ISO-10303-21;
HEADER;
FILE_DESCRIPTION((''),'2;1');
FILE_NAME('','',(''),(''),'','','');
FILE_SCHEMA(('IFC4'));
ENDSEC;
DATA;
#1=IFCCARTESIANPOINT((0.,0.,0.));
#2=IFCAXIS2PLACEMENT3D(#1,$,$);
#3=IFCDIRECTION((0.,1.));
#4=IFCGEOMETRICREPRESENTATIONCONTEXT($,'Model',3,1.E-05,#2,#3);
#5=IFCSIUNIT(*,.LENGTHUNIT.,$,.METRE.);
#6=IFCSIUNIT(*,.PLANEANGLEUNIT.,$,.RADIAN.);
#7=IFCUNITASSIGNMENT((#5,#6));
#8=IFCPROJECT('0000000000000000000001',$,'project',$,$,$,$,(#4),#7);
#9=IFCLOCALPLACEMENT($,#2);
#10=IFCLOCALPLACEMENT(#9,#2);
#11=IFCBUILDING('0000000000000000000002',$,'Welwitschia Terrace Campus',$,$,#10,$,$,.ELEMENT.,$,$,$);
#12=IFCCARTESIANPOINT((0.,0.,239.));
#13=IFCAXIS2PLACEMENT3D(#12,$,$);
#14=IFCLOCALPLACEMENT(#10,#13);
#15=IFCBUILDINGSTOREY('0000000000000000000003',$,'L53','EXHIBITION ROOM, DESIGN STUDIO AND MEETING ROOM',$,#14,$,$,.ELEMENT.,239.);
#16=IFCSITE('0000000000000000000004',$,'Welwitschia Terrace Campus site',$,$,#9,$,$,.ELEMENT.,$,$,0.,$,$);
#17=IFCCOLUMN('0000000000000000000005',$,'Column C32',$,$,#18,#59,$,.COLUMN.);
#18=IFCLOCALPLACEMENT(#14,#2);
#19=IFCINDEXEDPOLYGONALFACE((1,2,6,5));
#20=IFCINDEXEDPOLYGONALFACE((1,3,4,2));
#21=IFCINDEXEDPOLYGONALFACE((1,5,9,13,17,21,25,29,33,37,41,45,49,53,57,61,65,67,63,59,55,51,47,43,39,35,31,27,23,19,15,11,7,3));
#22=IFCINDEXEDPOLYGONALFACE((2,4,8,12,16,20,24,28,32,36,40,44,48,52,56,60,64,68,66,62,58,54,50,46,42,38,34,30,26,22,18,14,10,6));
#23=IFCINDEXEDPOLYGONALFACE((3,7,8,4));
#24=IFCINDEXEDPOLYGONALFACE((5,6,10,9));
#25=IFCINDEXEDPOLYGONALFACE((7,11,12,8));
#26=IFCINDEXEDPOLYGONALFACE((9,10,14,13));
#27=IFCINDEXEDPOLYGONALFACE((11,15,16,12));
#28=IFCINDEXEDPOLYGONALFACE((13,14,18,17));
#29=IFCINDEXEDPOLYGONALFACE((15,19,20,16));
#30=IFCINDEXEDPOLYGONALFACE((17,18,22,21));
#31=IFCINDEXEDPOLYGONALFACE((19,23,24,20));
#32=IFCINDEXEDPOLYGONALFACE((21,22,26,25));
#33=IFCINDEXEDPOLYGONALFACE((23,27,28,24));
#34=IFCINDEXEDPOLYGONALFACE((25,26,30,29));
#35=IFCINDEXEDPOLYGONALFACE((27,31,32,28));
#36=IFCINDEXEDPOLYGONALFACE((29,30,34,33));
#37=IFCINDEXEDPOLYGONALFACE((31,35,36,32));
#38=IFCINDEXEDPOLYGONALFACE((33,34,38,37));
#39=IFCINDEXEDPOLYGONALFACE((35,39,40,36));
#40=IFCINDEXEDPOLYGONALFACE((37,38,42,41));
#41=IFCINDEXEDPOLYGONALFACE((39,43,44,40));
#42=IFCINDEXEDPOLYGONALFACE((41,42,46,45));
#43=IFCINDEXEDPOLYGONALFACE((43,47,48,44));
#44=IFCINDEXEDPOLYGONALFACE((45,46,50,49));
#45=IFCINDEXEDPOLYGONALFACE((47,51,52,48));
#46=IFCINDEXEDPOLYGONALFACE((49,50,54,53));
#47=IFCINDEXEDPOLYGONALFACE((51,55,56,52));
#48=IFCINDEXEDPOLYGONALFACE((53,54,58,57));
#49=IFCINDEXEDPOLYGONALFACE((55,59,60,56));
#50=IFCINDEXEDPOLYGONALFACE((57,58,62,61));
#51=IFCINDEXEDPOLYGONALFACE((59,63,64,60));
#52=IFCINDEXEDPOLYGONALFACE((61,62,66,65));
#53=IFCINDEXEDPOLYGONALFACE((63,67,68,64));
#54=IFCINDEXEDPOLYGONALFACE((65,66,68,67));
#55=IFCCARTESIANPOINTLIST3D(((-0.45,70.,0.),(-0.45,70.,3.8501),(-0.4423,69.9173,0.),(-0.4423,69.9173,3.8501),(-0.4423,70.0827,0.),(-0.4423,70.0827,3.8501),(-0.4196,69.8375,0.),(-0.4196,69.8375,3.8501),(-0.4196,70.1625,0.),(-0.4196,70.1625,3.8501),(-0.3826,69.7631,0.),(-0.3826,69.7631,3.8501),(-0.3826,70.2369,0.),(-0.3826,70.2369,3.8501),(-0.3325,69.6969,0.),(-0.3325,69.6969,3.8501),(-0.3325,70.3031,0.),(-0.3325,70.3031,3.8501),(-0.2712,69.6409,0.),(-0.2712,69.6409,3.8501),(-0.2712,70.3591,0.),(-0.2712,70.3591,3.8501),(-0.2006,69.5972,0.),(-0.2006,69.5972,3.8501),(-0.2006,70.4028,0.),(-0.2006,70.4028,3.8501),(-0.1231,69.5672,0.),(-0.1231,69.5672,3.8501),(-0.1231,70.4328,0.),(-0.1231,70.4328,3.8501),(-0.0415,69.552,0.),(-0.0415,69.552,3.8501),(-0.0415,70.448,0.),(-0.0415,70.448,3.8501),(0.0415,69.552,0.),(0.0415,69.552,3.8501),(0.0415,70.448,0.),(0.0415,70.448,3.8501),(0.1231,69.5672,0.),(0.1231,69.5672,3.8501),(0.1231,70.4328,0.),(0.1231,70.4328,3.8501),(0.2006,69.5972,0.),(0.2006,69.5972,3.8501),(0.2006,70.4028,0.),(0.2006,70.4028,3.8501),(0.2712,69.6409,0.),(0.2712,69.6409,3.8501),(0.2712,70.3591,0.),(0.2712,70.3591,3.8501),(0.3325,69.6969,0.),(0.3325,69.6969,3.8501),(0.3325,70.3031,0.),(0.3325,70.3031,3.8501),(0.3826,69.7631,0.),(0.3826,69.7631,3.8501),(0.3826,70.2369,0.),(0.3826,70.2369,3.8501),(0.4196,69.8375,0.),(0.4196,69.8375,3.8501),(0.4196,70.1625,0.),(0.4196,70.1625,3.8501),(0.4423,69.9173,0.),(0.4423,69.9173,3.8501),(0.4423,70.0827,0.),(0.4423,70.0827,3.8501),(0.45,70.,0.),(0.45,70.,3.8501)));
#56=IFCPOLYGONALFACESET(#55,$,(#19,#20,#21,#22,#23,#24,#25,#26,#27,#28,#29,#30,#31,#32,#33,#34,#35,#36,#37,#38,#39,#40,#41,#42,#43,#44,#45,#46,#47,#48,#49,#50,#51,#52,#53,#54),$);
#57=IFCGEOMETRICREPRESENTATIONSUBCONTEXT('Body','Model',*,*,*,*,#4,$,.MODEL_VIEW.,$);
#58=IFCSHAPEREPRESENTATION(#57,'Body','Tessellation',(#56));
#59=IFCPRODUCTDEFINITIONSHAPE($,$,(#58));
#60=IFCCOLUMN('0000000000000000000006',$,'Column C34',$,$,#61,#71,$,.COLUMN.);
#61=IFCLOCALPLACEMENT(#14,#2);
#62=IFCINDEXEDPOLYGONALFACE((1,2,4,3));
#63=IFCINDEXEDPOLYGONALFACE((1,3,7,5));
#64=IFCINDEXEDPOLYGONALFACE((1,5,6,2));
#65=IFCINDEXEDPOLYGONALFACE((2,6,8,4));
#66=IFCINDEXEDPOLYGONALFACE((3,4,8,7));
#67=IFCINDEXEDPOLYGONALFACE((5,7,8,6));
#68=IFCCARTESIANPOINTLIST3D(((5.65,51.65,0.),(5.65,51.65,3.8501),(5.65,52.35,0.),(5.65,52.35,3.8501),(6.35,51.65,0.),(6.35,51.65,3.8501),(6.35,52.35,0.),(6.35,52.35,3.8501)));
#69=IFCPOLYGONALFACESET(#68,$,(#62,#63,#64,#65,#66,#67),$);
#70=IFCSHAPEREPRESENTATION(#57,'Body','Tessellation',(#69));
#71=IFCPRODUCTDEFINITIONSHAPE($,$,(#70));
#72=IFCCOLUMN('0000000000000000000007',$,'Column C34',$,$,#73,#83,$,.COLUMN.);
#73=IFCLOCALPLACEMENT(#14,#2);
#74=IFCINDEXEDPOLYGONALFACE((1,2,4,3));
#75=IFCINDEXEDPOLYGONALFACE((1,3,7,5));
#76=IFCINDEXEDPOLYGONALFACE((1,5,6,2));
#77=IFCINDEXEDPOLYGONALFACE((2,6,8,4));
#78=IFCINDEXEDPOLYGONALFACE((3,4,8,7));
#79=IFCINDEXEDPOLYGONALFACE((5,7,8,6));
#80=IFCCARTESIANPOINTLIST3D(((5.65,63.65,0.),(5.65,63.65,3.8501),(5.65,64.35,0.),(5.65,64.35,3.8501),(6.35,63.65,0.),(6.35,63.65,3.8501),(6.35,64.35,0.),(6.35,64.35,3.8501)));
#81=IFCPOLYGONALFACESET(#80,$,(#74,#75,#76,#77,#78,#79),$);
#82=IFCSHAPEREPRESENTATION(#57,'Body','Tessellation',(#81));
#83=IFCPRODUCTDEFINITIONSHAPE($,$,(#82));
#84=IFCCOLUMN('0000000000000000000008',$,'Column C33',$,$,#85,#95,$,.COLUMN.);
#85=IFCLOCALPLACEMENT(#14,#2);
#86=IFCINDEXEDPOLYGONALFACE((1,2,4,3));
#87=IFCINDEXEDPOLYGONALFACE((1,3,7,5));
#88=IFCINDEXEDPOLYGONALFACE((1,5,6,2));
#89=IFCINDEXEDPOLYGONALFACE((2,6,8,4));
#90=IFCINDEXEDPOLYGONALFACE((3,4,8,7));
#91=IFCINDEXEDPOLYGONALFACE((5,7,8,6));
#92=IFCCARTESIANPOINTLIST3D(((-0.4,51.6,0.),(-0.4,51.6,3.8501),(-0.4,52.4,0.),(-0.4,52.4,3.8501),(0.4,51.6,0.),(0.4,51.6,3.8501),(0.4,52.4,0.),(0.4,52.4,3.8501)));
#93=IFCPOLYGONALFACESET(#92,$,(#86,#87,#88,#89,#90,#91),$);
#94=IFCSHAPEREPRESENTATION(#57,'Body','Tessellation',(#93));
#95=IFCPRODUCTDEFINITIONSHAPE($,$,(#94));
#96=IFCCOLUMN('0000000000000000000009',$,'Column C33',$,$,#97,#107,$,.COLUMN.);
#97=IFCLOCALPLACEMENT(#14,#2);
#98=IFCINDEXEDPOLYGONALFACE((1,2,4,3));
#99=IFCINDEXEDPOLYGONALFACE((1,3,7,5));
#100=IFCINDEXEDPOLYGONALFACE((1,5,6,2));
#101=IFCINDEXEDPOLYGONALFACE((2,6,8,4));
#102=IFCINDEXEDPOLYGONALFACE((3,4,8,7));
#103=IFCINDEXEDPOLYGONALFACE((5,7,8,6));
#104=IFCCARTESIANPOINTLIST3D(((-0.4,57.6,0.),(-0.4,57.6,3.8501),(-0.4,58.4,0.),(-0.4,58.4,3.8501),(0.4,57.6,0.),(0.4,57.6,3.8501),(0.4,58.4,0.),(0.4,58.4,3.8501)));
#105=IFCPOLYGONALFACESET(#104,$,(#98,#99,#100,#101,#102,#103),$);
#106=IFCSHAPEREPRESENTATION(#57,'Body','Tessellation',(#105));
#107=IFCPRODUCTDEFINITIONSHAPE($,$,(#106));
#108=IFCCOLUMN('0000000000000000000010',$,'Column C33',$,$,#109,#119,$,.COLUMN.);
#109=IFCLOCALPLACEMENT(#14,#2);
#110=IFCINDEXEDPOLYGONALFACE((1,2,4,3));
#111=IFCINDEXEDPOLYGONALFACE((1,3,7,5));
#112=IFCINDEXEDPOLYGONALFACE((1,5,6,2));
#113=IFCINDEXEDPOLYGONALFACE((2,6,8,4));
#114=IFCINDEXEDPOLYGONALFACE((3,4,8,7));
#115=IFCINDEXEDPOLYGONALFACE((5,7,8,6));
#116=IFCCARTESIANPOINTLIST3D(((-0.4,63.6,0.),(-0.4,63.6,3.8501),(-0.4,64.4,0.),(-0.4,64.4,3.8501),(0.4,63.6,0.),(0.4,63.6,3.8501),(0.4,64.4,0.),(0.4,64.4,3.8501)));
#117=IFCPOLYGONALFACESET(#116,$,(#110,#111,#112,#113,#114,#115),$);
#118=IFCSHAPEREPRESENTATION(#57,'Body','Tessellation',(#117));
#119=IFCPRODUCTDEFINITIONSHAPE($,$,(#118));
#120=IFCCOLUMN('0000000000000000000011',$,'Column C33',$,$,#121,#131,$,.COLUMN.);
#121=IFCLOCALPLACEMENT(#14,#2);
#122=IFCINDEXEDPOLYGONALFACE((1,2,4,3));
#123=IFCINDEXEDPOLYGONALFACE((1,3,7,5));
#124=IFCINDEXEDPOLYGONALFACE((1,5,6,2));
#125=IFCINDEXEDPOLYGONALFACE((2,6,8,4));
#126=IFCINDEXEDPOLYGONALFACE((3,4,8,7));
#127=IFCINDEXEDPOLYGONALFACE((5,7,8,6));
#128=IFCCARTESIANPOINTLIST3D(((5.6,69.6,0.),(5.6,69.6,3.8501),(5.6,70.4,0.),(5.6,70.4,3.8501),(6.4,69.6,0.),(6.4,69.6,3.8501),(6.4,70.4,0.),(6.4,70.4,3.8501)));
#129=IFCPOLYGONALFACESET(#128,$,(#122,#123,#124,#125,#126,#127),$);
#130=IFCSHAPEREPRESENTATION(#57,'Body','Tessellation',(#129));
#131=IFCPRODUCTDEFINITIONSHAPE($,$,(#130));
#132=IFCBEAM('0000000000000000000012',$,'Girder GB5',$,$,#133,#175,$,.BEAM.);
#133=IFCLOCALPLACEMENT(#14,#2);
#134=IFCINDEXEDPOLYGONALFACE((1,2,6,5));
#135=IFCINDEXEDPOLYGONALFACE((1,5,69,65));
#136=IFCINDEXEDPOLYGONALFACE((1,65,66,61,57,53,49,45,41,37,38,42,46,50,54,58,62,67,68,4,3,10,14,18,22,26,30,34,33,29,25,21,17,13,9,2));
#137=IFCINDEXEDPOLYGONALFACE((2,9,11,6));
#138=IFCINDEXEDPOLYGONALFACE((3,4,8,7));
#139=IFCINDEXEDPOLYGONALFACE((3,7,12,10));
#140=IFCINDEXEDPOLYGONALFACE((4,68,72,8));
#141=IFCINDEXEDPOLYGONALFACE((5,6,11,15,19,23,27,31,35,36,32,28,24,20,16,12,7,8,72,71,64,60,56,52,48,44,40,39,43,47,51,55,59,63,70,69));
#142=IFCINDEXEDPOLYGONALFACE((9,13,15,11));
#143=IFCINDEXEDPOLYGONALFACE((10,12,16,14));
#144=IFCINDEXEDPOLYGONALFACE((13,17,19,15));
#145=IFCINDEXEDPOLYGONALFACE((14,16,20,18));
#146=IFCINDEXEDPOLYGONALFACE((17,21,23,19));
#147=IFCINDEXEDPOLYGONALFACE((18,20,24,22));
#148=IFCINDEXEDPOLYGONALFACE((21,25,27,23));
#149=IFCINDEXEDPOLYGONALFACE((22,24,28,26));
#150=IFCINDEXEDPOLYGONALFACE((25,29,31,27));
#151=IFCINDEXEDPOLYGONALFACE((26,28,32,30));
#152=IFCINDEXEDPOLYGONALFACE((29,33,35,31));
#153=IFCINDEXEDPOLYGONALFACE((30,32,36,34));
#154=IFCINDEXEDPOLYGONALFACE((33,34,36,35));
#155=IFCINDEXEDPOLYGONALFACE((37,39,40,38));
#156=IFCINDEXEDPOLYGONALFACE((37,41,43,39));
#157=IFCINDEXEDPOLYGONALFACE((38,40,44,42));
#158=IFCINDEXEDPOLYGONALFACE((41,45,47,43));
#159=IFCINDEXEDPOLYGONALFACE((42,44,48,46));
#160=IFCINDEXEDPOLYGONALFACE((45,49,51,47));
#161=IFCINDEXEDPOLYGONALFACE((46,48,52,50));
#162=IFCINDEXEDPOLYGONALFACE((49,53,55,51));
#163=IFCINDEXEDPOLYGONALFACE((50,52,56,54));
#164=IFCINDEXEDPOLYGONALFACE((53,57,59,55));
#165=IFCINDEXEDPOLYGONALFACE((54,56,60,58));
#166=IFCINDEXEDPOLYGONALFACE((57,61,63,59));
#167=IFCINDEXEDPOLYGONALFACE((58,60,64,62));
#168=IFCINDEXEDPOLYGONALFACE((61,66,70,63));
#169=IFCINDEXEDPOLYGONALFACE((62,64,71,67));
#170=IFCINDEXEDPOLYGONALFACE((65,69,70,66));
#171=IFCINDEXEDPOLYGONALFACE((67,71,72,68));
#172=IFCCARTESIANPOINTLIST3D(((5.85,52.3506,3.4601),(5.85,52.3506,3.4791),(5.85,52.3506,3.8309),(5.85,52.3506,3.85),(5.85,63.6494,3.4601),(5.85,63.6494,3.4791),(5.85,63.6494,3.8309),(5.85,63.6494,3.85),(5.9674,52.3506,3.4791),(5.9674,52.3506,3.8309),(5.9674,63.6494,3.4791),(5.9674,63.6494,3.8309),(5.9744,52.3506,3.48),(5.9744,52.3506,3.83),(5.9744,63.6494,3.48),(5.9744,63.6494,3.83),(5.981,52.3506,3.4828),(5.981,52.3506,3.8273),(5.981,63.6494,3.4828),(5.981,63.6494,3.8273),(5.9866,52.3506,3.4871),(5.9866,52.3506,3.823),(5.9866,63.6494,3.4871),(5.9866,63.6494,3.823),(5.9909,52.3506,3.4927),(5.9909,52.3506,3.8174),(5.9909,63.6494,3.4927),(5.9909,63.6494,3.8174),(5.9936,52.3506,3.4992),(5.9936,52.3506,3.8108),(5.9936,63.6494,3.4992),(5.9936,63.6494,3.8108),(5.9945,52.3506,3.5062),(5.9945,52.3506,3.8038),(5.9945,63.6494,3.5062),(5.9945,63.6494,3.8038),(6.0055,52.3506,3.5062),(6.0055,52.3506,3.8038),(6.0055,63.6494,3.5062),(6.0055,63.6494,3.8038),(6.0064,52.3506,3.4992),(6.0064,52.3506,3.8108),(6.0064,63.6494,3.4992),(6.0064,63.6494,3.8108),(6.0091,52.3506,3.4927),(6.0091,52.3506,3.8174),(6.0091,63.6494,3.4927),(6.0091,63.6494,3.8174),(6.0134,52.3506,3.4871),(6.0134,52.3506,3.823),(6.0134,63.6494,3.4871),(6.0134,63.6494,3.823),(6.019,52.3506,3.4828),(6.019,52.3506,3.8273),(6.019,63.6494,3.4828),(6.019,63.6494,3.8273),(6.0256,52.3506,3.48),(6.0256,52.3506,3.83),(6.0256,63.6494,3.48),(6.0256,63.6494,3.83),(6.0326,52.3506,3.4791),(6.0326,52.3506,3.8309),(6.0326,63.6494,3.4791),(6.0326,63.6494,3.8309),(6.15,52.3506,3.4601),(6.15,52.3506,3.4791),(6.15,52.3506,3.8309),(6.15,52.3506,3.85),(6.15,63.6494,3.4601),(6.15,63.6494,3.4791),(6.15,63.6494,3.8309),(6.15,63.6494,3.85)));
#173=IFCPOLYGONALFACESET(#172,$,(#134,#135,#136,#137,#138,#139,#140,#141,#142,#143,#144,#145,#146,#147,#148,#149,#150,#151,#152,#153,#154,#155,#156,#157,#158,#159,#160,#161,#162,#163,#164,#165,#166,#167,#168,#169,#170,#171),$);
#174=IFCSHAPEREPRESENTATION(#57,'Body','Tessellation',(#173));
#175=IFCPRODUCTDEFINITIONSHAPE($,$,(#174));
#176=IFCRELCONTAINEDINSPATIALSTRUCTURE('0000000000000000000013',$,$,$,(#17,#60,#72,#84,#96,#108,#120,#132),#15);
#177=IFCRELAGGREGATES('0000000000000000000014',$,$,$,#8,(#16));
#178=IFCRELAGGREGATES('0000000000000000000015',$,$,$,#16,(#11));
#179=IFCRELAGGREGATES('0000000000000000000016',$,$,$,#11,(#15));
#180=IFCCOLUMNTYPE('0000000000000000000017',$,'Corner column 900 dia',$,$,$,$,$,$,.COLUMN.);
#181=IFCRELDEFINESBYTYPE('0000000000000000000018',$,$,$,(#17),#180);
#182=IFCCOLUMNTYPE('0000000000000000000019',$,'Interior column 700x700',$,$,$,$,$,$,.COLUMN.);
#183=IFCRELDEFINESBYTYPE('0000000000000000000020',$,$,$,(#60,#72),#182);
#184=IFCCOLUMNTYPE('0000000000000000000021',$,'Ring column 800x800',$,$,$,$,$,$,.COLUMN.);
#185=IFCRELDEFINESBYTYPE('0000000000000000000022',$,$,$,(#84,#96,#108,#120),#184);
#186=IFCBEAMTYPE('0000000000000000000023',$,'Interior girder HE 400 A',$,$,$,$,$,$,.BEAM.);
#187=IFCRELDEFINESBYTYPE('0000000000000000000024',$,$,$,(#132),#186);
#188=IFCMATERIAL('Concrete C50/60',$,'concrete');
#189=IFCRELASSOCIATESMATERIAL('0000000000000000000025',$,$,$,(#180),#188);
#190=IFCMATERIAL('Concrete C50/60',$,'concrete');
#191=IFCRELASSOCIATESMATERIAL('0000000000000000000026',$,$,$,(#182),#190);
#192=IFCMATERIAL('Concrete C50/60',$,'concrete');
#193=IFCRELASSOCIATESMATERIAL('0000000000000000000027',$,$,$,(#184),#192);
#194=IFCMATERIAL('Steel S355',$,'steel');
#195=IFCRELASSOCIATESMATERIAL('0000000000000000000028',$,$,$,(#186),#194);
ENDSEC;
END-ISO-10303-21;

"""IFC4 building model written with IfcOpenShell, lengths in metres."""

from ifc_helpers import new_model, si_unit, direction, frame, origin, origin_2d, place, context, subcontext, project, spatial, rectangle, circle, i_section, extrude, material, material_profile, profile_set, type_object, element, save


model = new_model("IFC4")

# Units and contexts
model_context = context("Model", 3, precision=1e-05, world=origin(), true_north=direction((0.0, 1.0)))
body_context = subcontext(model_context, "Body", "Model", "MODEL_VIEW")
ifc_project = project(units=[si_unit("LENGTHUNIT", "METRE"), si_unit("PLANEANGLEUNIT", "RADIAN")], contexts=[model_context])

# Site, building, storey
site_placement = place(None, origin())
site = spatial("IfcSite", under=ifc_project, at=site_placement, Name="Welwitschia Terrace Campus site", CompositionType="ELEMENT", RefElevation=0.0)
building_placement = place(site_placement, origin())
building = spatial("IfcBuilding", under=site, at=building_placement, Name="Welwitschia Terrace Campus", CompositionType="ELEMENT")
storey_placement = place(building_placement, frame((0.0, 0.0, 239.0)))
storey = spatial("IfcBuildingStorey", under=building, at=storey_placement, Name="L53", Description="EXHIBITION ROOM, DESIGN STUDIO AND MEETING ROOM", CompositionType="ELEMENT", Elevation=239.0)

# Columns
ifc_material_1 = material(Name="Concrete C50/60", Category="concrete")
ifc_material_profile_1 = material_profile(ifc_material_1, circle(Radius=0.45, at=origin_2d()))
ifc_profile_set_1 = profile_set([ifc_material_profile_1], Name="Concrete C50/60")
column_type_1 = type_object("IfcColumnType", Name="Corner column 900 dia", PredefinedType="COLUMN", material=ifc_profile_set_1)
column_placement = place(storey_placement, frame((0.0, 70.0, 0.0), z_axis=(0.0, 0.0, 1.0), x_axis=(1.0, 0.0, 0.0)))
element("IfcColumn", 1, at=column_placement, inside=storey, type_object=column_type_1, Name="Column C32", PredefinedType="COLUMN", context=body_context, shape_type="SweptSolid", body=[
    extrude(circle(Radius=0.45, at=origin_2d()), origin(), (0.0, 0.0, 1.0), 3.8501),
])
ifc_material_2 = material(Name="Concrete C50/60", Category="concrete")
ifc_material_profile_2 = material_profile(ifc_material_2, rectangle(XDim=0.7, YDim=0.7, at=origin_2d()))
ifc_profile_set_2 = profile_set([ifc_material_profile_2], Name="Concrete C50/60")
column_type_2 = type_object("IfcColumnType", Name="Interior column 700x700", PredefinedType="COLUMN", material=ifc_profile_set_2)
for number, where, z_axis, x_axis, name in (
    (2, (6.0, 52.0, 0.0), (0.0, 0.0, 1.0), (1.0, 0.0, 0.0), "Column C34"),
    (3, (6.0, 64.0, 0.0), (0.0, 0.0, 1.0), (1.0, 0.0, 0.0), "Column C34"),
):
    element("IfcColumn", number, at=place(storey_placement, frame(where, z_axis=z_axis, x_axis=x_axis)), inside=storey, type_object=column_type_2, Name=name, PredefinedType="COLUMN", context=body_context, shape_type="SweptSolid", body=[
        extrude(rectangle(XDim=0.7, YDim=0.7, at=origin_2d()), origin(), (0.0, 0.0, 1.0), 3.8501),
    ])
ifc_material_3 = material(Name="Concrete C50/60", Category="concrete")
ifc_material_profile_3 = material_profile(ifc_material_3, rectangle(XDim=0.8, YDim=0.8, at=origin_2d()))
ifc_profile_set_3 = profile_set([ifc_material_profile_3], Name="Concrete C50/60")
column_type_3 = type_object("IfcColumnType", Name="Ring column 800x800", PredefinedType="COLUMN", material=ifc_profile_set_3)
for number, where, z_axis, x_axis, name in (
    (4, (0.0, 52.0, 0.0), (0.0, 0.0, 1.0), (1.0, 0.0, 0.0), "Column C33"),
    (5, (0.0, 58.0, 0.0), (0.0, 0.0, 1.0), (1.0, 0.0, 0.0), "Column C33"),
    (6, (0.0, 64.0, 0.0), (0.0, 0.0, 1.0), (1.0, 0.0, 0.0), "Column C33"),
    (7, (6.0, 70.0, 0.0), (0.0, 0.0, 1.0), (1.0, 0.0, 0.0), "Column C33"),
):
    element("IfcColumn", number, at=place(storey_placement, frame(where, z_axis=z_axis, x_axis=x_axis)), inside=storey, type_object=column_type_3, Name=name, PredefinedType="COLUMN", context=body_context, shape_type="SweptSolid", body=[
        extrude(rectangle(XDim=0.8, YDim=0.8, at=origin_2d()), origin(), (0.0, 0.0, 1.0), 3.8501),
    ])

# Beam
ifc_material_4 = material(Name="Steel S355", Category="steel")
ifc_material_profile_4 = material_profile(ifc_material_4, i_section(OverallWidth=0.3, OverallDepth=0.3899, WebThickness=0.011, FlangeThickness=0.019, FilletRadius=0.0271, at=origin_2d()))
ifc_profile_set_4 = profile_set([ifc_material_profile_4], Name="Steel S355")
beam_type_1 = type_object("IfcBeamType", Name="Interior girder HE 400 A", PredefinedType="BEAM", material=ifc_profile_set_4)
beam_1_placement = place(storey_placement, frame((6.0, 52.3506, 3.655), z_axis=(0.0, 1.0, 0.0), x_axis=(-1.0, 0.0, 0.0)))
element("IfcBeam", 8, at=beam_1_placement, inside=storey, type_object=beam_type_1, Name="Girder GB5", PredefinedType="BEAM", context=body_context, shape_type="SweptSolid", body=[
    extrude(i_section(OverallWidth=0.3, OverallDepth=0.3899, WebThickness=0.011, FlangeThickness=0.019, FilletRadius=0.0271, at=origin_2d()), origin(), (0.0, 0.0, 1.0), 11.2988),
])

save(model, "model.ifc")
